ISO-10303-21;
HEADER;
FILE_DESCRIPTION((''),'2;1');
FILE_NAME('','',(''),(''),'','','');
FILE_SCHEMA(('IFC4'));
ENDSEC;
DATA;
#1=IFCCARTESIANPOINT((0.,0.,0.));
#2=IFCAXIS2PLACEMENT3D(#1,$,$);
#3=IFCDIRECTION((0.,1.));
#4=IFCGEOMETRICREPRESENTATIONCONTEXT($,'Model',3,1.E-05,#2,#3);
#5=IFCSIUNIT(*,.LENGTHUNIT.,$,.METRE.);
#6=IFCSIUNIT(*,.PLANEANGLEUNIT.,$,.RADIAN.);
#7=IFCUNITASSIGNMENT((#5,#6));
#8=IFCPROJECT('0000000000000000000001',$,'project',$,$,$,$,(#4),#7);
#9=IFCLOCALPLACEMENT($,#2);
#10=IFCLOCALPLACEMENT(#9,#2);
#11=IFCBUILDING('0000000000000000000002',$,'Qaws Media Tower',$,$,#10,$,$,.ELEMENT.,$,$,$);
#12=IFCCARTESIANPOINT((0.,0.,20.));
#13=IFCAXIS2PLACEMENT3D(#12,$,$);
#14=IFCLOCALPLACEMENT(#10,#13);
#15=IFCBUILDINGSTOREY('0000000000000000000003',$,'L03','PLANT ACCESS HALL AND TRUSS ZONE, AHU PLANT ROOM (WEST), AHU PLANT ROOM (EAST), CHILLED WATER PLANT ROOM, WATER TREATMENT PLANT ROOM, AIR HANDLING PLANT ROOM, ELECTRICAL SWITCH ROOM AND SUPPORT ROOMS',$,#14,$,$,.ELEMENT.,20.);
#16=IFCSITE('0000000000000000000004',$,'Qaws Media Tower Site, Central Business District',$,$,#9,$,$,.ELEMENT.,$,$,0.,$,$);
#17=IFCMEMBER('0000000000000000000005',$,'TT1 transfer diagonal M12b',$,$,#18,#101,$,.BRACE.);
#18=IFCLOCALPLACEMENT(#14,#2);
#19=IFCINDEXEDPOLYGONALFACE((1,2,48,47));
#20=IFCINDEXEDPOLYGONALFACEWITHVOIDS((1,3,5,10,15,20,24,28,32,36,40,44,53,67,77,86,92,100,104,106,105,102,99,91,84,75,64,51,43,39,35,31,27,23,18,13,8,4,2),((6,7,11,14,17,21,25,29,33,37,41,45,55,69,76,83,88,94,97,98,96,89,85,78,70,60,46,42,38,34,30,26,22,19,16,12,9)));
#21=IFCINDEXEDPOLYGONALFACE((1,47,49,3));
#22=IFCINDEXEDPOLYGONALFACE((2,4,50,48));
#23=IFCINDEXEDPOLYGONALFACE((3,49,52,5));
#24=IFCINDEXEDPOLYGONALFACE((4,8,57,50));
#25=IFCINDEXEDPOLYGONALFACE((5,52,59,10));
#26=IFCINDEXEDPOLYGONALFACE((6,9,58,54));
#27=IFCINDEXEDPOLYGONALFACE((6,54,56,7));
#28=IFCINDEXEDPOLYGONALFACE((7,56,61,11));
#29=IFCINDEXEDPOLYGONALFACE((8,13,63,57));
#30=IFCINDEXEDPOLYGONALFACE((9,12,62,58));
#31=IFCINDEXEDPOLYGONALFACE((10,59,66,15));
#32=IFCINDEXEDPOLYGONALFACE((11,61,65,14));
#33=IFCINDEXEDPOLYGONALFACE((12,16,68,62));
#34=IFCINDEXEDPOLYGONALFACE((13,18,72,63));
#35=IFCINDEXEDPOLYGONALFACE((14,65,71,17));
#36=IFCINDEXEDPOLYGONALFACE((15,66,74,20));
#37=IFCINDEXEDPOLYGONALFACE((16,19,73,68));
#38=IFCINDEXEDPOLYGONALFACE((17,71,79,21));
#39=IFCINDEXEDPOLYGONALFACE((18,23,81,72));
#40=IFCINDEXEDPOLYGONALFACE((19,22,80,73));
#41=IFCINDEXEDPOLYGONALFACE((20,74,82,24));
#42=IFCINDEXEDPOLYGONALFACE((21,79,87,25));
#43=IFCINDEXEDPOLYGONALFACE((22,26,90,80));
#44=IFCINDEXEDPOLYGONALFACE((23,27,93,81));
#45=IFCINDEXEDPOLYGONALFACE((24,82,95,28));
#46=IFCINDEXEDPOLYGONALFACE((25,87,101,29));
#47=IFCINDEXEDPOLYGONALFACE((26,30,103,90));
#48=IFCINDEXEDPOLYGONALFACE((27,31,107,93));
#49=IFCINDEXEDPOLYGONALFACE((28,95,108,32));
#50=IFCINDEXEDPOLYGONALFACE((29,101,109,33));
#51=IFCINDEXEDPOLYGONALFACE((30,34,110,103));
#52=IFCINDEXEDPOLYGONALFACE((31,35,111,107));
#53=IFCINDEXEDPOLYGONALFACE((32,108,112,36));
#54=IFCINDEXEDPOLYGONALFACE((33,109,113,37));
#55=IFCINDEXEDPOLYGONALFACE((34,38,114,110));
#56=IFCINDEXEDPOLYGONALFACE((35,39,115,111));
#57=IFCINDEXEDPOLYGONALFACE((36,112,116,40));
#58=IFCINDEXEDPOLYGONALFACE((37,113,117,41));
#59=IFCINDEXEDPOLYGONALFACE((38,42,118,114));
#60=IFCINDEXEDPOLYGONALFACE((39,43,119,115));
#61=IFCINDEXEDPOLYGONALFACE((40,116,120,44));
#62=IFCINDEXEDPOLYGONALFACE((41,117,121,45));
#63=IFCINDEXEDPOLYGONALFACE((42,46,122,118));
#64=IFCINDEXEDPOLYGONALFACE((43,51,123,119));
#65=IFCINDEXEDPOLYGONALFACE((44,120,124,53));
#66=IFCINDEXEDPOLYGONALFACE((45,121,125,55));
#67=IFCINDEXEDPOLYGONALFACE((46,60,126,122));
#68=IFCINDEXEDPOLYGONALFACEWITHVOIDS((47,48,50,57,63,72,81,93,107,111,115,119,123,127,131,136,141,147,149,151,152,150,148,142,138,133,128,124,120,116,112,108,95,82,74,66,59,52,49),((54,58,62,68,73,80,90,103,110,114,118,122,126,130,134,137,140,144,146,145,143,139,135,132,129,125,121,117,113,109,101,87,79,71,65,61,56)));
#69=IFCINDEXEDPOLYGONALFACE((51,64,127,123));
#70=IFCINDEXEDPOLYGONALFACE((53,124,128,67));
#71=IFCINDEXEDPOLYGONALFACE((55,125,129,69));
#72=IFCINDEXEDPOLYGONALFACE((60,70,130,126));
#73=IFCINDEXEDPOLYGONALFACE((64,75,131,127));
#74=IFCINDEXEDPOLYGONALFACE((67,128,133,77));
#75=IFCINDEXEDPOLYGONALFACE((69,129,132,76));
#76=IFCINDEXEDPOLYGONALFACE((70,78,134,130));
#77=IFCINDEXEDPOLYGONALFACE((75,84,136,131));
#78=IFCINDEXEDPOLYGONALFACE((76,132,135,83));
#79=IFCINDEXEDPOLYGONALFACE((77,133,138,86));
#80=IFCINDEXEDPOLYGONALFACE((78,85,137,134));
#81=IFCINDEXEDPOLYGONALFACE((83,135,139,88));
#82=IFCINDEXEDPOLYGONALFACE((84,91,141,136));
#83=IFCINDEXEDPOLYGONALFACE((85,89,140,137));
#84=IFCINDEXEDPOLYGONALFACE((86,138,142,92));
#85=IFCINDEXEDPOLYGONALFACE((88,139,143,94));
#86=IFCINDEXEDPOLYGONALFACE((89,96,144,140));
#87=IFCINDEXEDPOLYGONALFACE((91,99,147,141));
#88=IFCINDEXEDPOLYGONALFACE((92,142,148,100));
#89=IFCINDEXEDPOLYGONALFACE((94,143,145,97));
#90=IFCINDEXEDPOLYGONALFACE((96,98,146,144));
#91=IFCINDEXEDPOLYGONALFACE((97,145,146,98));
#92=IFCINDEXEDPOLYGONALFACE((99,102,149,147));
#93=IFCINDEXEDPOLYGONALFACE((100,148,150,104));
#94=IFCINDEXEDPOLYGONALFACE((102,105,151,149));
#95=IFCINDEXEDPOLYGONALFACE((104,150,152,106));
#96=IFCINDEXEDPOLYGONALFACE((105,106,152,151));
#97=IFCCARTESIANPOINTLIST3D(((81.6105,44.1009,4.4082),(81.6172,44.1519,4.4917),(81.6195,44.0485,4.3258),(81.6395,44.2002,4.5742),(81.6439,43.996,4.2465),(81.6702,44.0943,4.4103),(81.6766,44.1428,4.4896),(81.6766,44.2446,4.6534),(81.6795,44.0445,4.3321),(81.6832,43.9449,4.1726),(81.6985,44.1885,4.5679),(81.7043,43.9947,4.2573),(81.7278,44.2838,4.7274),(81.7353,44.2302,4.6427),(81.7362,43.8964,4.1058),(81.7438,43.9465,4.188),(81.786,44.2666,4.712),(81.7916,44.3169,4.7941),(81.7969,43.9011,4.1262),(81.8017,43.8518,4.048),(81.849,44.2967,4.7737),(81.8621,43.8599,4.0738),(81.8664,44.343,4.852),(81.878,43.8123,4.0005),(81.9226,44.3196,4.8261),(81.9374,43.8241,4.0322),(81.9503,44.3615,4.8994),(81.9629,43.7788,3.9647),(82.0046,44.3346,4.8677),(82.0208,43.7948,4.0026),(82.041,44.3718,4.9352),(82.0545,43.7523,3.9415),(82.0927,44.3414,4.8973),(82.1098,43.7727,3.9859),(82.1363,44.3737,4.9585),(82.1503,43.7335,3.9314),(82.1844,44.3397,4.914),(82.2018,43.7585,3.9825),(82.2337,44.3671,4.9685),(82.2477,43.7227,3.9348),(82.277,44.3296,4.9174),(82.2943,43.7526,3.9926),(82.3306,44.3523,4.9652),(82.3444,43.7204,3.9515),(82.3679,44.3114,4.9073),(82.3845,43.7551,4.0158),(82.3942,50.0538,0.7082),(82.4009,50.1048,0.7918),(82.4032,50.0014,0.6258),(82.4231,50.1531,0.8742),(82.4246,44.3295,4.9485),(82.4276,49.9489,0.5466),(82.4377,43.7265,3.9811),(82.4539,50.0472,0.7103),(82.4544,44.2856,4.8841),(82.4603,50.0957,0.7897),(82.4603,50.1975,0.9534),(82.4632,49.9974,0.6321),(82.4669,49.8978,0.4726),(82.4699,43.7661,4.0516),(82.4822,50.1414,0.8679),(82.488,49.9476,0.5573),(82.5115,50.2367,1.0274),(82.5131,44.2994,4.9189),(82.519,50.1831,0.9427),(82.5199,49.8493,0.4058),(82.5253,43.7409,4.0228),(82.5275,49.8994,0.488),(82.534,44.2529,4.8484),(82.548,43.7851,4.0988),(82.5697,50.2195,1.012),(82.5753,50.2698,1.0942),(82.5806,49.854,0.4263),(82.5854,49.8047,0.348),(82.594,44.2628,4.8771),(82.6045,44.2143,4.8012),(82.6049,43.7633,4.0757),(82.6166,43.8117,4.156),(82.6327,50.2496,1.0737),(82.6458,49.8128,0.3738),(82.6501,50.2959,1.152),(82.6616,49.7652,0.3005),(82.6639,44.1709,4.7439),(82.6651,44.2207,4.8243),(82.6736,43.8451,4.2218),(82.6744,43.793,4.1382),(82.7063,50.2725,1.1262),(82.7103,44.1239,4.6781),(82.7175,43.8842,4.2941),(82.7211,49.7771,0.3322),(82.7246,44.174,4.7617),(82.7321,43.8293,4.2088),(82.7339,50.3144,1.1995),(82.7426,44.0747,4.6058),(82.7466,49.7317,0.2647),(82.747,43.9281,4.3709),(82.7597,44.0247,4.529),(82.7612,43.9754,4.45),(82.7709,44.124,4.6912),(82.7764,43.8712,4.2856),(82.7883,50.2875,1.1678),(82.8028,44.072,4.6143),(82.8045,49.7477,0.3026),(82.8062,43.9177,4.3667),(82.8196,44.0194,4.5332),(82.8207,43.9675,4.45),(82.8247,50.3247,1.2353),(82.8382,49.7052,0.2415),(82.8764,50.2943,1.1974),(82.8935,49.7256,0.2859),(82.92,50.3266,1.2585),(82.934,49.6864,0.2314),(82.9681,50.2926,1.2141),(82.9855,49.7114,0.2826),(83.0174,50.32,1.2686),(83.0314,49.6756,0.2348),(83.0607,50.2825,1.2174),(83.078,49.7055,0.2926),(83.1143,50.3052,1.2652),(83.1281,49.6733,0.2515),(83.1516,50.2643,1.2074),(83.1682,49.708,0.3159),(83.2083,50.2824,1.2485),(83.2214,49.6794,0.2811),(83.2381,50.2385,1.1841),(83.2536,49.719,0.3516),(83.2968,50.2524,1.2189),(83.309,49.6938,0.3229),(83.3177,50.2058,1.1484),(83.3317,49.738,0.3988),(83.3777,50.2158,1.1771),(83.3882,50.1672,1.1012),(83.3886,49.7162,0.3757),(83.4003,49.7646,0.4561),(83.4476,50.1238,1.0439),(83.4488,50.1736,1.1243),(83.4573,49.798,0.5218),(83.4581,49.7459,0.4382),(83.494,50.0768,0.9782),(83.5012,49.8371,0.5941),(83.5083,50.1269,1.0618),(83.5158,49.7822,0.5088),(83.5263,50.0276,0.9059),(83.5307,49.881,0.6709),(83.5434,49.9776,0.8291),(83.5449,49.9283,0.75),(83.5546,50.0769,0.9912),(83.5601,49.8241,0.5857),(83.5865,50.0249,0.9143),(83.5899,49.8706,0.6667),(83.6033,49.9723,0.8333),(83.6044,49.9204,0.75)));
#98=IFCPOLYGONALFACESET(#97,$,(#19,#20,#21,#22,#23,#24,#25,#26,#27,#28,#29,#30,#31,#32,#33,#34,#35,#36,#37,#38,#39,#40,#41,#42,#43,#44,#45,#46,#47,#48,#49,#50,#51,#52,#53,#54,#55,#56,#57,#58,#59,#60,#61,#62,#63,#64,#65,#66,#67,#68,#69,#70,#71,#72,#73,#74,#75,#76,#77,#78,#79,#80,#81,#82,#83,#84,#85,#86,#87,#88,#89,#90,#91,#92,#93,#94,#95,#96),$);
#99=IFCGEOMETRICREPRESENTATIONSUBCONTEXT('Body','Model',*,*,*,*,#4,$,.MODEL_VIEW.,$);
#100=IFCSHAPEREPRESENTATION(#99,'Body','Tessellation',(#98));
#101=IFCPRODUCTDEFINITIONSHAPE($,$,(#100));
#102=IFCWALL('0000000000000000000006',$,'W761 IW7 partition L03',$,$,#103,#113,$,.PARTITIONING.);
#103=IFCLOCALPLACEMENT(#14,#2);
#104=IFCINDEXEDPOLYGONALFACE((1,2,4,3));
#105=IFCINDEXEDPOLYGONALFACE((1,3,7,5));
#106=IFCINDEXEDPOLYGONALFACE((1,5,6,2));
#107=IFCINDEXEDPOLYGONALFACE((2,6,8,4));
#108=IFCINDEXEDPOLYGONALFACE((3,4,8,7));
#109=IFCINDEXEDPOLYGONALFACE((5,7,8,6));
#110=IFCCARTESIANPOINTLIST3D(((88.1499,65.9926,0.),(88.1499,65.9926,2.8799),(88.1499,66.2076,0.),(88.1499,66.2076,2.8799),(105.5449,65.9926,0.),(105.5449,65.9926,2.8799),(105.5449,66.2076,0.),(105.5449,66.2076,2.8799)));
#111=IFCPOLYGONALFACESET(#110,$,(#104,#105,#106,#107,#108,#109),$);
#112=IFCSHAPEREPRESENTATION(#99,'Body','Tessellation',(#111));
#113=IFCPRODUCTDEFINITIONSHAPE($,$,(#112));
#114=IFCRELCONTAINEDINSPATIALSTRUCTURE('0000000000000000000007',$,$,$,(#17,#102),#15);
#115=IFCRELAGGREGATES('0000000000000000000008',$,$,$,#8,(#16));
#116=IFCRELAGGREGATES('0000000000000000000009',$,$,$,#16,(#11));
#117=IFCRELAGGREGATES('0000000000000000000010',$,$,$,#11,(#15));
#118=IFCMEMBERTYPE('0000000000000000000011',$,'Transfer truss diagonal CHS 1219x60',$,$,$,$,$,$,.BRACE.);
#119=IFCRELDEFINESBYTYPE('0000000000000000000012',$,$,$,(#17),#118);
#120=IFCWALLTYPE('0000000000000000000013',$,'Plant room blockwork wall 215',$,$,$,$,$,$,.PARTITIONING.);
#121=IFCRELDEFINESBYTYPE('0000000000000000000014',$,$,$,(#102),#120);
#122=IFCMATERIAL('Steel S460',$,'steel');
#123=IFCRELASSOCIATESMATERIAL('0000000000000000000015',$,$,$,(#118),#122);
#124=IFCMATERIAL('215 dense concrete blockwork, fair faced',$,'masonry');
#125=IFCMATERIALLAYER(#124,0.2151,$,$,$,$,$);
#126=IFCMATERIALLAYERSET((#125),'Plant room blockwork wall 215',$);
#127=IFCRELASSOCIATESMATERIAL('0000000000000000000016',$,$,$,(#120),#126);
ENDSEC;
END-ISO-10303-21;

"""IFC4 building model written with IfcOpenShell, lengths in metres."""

from ifc_helpers import new_model, si_unit, direction, frame, frame_2d, origin, origin_2d, place, context, subcontext, project, spatial, rectangle, hollow_circle, extrude, material, layer, layer_set, material_profile, profile_set, type_object, element, save


model = new_model("IFC4")

# Units and contexts
model_context = context("Model", 3, precision=1e-05, world=origin(), true_north=direction((0.0, 1.0)))
body_context = subcontext(model_context, "Body", "Model", "MODEL_VIEW")
ifc_project = project(units=[si_unit("LENGTHUNIT", "METRE"), si_unit("PLANEANGLEUNIT", "RADIAN")], contexts=[model_context])

# Site, building, storey
site_placement = place(None, origin())
site = spatial("IfcSite", under=ifc_project, at=site_placement, Name="Qaws Media Tower Site, Central Business District", CompositionType="ELEMENT", RefElevation=0.0)
building_placement = place(site_placement, origin())
building = spatial("IfcBuilding", under=site, at=building_placement, Name="Qaws Media Tower", CompositionType="ELEMENT")
storey_placement = place(building_placement, frame((0.0, 0.0, 20.0)))
storey = spatial("IfcBuildingStorey", under=building, at=storey_placement, Name="L03", Description="PLANT ACCESS HALL AND TRUSS ZONE, AHU PLANT ROOM (WEST), AHU PLANT ROOM (EAST), CHILLED WATER PLANT ROOM, WATER TREATMENT PLANT ROOM, AIR HANDLING PLANT ROOM, ELECTRICAL SWITCH ROOM AND SUPPORT ROOMS", CompositionType="ELEMENT", Elevation=20.0)

# Member
ifc_material_1 = material(Name="Steel S460", Category="steel")
ifc_material_profile_1 = material_profile(ifc_material_1, hollow_circle(Radius=0.6096, WallThickness=0.0601, at=origin_2d()), Name="CHS 1219x60")
ifc_profile_set_1 = profile_set([ifc_material_profile_1], Name="Steel S460")
member_type = type_object("IfcMemberType", Name="Transfer truss diagonal CHS 1219x60", PredefinedType="BRACE", material=ifc_profile_set_1)
for number, where, z_axis, x_axis, name in (
    (1, (83.0, 50.0, 0.75), (-0.111119, -0.844057, 0.524615), (0.991445, -0.130523, 0.0), "TT1 transfer diagonal M12b"),
):
    element("IfcMember", number, at=place(storey_placement, frame(where, z_axis=z_axis, x_axis=x_axis)), inside=storey, type_object=member_type, Name=name, PredefinedType="BRACE", context=body_context, shape_type="SweptSolid", body=[
        extrude(hollow_circle(Radius=0.6096, WallThickness=0.0601, at=origin_2d()), origin(), (0.0, 0.0, 1.0), 7.0527),
    ])

# Wall
ifc_material_2 = material(Name="215 dense concrete blockwork, fair faced", Category="masonry")
ifc_layer = layer(ifc_material_2, 0.2151)
ifc_layer_set = layer_set([ifc_layer], Name="Plant room blockwork wall 215")
wall_type = type_object("IfcWallType", Name="Plant room blockwork wall 215", PredefinedType="PARTITIONING", material=ifc_layer_set)
wall_placement = place(storey_placement, frame((88.1499, 66.1001, 0.0), z_axis=(0.0, 0.0, 1.0), x_axis=(1.0, 0.0, 0.0)))
element("IfcWall", 2, at=wall_placement, inside=storey, type_object=wall_type, Name="W761 IW7 partition L03", PredefinedType="PARTITIONING", context=body_context, shape_type="SweptSolid", body=[
    extrude(rectangle(XDim=17.395, YDim=0.2151, at=frame_2d((8.6975, 0.0))), origin(), (0.0, 0.0, 1.0), 2.8799),
])

save(model, "model.ifc")
